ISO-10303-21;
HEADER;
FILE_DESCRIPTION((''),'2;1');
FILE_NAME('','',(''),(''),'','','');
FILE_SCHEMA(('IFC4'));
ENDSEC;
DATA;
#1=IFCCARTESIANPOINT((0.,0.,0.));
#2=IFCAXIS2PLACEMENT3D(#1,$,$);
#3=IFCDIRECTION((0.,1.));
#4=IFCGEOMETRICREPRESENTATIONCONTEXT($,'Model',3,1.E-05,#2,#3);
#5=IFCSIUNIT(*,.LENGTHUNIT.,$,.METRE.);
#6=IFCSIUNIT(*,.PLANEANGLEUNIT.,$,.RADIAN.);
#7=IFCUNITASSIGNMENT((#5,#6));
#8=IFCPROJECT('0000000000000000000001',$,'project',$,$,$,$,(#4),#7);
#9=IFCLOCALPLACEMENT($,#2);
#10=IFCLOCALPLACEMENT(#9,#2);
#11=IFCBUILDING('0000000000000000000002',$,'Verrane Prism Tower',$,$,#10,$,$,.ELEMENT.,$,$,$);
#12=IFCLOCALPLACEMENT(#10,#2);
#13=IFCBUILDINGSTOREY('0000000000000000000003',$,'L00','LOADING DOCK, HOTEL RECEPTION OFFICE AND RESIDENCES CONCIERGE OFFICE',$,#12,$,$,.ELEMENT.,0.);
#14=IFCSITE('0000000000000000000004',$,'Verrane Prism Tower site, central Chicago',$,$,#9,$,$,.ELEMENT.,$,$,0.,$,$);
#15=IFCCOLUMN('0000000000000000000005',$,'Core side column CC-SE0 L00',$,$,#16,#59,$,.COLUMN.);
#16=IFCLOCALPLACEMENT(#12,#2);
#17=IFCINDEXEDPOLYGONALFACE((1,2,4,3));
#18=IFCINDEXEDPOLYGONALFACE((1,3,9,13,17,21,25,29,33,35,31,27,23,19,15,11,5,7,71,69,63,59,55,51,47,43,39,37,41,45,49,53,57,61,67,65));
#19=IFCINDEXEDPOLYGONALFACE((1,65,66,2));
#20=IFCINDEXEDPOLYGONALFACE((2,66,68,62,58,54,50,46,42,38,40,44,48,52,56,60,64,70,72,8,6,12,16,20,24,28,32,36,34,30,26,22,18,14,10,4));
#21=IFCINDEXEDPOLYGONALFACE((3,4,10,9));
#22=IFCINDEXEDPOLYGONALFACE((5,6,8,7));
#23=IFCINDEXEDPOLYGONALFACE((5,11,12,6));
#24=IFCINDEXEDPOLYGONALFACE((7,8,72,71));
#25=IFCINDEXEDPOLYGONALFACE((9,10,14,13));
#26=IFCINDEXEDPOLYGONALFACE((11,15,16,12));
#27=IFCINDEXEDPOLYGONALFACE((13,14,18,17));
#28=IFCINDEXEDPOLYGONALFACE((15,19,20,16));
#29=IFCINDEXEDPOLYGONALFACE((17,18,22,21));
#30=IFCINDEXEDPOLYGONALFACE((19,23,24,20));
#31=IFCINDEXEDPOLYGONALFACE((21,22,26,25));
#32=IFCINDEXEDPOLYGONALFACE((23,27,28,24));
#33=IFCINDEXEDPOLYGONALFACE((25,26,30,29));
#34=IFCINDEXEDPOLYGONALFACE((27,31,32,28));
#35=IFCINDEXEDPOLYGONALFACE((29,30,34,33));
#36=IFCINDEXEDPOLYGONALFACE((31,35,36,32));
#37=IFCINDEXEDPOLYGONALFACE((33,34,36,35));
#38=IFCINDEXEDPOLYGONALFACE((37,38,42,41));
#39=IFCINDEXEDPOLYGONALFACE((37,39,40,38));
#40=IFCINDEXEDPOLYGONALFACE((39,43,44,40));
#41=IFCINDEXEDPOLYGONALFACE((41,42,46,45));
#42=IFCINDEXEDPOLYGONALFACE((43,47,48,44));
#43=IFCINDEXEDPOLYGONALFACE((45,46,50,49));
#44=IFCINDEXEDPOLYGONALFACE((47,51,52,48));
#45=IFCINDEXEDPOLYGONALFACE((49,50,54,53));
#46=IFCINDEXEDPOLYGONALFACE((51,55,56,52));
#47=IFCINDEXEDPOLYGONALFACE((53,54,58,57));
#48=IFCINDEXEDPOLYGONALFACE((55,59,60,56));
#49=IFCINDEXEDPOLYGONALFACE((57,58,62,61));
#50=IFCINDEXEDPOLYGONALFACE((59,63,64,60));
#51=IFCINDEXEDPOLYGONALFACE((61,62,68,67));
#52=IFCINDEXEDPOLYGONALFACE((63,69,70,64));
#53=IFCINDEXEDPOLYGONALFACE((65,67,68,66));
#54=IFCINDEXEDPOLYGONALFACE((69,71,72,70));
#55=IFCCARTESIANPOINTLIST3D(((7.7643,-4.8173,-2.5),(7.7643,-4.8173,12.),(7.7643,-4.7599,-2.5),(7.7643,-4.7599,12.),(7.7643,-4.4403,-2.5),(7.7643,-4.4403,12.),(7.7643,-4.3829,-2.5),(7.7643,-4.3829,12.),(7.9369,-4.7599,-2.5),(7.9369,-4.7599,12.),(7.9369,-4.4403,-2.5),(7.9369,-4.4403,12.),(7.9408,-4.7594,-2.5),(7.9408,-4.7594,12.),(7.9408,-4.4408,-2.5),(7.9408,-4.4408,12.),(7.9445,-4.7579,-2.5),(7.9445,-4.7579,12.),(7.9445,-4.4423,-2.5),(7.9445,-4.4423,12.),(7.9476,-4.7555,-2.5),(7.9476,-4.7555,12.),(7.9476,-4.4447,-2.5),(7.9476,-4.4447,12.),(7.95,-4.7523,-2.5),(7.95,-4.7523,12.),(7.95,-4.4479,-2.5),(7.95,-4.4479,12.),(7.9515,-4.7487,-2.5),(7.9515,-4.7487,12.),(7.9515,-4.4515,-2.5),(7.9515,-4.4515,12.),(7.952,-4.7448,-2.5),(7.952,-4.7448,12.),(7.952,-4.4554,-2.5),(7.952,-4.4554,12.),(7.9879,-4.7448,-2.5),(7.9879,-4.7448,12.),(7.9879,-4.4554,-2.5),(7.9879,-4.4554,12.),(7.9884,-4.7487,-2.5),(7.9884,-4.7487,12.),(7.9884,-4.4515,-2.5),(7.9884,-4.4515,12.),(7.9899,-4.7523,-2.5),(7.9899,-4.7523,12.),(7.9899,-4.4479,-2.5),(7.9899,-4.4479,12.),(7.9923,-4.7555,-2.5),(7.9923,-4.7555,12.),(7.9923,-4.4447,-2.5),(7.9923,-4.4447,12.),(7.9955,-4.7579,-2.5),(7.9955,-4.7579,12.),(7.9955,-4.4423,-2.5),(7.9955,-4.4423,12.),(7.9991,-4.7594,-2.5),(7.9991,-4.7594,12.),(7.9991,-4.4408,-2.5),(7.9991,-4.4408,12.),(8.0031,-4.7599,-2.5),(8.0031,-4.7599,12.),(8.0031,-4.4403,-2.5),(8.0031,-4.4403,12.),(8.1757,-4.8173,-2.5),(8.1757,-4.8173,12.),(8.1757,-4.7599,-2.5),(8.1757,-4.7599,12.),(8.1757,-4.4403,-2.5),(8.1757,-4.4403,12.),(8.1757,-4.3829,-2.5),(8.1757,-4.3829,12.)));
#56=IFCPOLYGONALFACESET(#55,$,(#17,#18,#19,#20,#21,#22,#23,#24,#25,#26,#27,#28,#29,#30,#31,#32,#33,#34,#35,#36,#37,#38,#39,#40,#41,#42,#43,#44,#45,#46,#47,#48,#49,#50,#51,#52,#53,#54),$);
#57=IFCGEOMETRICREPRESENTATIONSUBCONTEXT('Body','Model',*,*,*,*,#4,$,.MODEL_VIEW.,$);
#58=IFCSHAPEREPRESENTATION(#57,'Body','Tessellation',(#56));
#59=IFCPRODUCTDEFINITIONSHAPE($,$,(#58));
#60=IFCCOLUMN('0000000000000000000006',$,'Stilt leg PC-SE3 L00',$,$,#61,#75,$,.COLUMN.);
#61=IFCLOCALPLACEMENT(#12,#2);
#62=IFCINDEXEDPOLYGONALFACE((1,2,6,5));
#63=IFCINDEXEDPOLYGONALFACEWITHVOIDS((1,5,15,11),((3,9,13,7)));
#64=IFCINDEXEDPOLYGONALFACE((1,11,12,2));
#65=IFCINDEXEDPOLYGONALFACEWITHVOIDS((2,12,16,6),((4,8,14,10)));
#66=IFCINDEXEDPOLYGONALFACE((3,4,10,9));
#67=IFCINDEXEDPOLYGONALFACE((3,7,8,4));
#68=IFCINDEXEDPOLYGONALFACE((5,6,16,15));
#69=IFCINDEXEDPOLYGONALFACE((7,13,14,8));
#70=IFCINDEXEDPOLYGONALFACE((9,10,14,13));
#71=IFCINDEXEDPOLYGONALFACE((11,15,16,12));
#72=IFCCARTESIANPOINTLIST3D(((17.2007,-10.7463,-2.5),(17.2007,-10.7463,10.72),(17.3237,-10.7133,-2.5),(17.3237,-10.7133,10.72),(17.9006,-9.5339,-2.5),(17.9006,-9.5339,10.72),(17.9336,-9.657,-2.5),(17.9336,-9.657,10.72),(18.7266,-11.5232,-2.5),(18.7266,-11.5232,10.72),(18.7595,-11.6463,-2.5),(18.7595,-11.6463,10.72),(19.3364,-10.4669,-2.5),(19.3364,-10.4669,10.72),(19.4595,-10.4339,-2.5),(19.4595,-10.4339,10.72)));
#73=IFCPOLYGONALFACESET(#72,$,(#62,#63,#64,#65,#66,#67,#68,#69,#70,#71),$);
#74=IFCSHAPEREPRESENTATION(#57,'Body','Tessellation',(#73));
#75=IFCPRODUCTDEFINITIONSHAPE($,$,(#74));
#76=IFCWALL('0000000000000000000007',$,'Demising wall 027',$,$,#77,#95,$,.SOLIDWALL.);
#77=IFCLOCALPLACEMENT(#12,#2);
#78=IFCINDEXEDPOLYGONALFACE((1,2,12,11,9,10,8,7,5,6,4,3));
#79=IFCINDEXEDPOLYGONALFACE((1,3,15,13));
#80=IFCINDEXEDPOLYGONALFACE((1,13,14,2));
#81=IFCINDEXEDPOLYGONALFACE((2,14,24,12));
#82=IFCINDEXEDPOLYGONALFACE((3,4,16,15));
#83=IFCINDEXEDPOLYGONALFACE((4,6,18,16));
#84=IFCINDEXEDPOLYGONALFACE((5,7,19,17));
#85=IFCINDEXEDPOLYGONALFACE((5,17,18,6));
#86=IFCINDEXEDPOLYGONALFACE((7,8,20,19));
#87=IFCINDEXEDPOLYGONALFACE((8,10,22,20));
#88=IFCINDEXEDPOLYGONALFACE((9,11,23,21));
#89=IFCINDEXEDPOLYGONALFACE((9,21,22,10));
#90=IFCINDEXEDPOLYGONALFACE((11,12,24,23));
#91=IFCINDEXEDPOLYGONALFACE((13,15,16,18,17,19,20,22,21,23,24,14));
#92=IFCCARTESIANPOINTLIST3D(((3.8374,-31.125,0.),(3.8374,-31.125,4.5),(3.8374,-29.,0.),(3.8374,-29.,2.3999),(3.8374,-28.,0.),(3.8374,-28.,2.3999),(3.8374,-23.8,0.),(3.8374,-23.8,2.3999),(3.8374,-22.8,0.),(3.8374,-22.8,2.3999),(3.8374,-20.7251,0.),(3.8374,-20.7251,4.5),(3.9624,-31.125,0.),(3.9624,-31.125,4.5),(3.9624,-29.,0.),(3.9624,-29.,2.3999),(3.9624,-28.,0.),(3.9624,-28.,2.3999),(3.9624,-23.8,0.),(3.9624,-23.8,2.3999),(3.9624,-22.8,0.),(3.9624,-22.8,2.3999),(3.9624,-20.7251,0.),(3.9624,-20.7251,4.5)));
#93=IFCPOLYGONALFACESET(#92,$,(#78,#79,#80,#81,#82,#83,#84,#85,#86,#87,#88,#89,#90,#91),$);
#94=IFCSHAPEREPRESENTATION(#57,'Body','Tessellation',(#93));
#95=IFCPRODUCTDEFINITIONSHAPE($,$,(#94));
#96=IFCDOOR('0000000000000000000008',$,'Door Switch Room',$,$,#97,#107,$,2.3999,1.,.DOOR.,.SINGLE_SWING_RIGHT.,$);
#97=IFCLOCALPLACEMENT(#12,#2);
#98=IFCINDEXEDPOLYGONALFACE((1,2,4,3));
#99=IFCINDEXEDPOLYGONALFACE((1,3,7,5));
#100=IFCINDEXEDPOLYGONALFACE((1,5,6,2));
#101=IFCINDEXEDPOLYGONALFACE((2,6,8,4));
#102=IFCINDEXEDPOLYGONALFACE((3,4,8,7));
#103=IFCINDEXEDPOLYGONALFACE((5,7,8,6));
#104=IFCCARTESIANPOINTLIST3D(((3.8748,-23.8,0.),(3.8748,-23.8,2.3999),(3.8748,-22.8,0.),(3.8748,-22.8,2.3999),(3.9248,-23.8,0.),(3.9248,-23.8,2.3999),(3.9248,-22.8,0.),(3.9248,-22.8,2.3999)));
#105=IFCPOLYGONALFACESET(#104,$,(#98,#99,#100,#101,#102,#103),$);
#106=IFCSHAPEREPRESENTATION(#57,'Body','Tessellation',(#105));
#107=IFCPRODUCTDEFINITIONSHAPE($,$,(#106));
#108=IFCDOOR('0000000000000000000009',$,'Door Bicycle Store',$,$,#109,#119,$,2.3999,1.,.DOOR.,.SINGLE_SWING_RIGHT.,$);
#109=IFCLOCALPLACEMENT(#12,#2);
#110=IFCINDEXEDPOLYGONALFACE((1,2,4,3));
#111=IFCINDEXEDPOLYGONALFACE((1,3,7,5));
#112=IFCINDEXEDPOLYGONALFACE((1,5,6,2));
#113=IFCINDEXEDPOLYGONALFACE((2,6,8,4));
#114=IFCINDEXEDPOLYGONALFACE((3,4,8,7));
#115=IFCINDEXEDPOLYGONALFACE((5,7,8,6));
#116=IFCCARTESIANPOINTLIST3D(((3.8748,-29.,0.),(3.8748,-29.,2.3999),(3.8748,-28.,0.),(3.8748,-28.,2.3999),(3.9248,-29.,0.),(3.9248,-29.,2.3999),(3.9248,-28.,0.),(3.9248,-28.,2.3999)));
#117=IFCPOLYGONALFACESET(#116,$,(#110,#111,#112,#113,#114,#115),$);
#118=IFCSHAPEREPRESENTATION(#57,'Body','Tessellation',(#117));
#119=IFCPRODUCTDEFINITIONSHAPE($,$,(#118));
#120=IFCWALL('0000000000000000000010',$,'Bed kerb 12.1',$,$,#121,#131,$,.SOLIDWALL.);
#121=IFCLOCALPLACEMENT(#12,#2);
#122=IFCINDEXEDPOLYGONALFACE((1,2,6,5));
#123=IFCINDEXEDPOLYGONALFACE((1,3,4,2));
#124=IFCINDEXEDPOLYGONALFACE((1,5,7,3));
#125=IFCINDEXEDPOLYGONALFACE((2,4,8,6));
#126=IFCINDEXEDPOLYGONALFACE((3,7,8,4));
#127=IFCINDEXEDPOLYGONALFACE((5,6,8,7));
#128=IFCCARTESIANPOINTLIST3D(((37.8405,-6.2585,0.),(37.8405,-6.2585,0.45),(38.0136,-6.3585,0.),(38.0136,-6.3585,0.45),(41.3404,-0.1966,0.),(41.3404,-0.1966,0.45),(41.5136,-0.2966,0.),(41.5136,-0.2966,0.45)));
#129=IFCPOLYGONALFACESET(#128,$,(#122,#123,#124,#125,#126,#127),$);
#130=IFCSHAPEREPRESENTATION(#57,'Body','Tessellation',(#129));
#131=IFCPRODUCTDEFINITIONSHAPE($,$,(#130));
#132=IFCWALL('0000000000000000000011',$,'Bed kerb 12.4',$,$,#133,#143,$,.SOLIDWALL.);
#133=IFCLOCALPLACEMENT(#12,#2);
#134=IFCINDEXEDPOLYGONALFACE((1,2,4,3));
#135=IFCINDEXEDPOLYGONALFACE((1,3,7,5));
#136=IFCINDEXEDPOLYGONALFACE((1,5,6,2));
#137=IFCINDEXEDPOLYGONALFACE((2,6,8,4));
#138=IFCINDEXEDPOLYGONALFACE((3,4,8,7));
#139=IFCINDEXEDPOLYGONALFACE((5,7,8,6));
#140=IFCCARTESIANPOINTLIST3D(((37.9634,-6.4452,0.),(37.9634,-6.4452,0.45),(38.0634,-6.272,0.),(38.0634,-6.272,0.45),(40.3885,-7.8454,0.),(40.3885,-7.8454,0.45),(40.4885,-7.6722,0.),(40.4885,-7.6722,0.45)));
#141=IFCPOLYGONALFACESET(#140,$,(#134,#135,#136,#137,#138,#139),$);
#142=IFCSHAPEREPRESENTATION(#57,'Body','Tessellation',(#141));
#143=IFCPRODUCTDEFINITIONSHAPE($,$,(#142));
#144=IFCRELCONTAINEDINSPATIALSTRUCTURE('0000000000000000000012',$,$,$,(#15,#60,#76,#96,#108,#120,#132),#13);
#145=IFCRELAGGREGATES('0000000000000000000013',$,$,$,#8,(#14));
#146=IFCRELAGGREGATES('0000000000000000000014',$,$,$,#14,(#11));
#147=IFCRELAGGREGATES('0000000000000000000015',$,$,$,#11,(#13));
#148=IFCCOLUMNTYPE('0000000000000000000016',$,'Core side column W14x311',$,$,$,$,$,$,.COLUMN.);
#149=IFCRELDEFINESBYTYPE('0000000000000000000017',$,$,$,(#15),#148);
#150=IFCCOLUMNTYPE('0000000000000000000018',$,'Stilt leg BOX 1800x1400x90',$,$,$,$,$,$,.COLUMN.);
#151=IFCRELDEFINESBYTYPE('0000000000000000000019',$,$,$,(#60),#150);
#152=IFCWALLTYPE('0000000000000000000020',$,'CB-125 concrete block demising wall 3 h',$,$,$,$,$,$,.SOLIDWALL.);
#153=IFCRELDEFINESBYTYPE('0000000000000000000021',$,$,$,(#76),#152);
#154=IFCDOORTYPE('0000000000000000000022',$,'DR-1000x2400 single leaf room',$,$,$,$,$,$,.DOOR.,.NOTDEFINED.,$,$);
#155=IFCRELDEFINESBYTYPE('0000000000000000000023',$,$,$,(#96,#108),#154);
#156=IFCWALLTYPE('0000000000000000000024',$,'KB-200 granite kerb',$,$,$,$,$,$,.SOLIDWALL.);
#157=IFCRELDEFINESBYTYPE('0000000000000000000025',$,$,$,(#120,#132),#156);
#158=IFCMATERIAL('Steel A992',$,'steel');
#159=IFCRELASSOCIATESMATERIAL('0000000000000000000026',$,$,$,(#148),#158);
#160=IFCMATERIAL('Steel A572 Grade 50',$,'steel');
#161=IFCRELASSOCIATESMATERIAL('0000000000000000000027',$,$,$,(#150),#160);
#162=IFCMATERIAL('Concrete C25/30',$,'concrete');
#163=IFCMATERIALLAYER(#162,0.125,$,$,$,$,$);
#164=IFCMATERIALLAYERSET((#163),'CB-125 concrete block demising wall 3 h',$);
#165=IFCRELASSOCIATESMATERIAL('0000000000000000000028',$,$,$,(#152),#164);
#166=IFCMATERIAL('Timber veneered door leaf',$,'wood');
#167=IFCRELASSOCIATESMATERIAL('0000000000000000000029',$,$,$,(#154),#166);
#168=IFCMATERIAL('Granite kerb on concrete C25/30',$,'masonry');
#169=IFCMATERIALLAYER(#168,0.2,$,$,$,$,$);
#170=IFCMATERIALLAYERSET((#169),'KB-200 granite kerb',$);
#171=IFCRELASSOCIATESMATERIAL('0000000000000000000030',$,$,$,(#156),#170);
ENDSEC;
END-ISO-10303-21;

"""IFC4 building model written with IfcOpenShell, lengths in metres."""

from ifc_helpers import new_model, si_unit, direction, frame, frame_2d, origin, origin_2d, place, context, subcontext, project, spatial, rectangle, hollow_rectangle, i_section, extrude, material, layer, layer_set, material_profile, profile_set, type_object, element, fill, save


model = new_model("IFC4")

# Units and contexts
model_context = context("Model", 3, precision=1e-05, world=origin(), true_north=direction((0.0, 1.0)))
body_context = subcontext(model_context, "Body", "Model", "MODEL_VIEW")
ifc_project = project(units=[si_unit("LENGTHUNIT", "METRE"), si_unit("PLANEANGLEUNIT", "RADIAN")], contexts=[model_context])

# Site, building, storey
site_placement = place(None, origin())
site = spatial("IfcSite", under=ifc_project, at=site_placement, Name="Verrane Prism Tower site, central Chicago", CompositionType="ELEMENT", RefElevation=0.0)
building_placement = place(site_placement, origin())
building = spatial("IfcBuilding", under=site, at=building_placement, Name="Verrane Prism Tower", CompositionType="ELEMENT")
storey_placement = place(building_placement, origin())
storey = spatial("IfcBuildingStorey", under=building, at=storey_placement, Name="L00", Description="LOADING DOCK, HOTEL RECEPTION OFFICE AND RESIDENCES CONCIERGE OFFICE", CompositionType="ELEMENT", Elevation=0.0)

# Columns
ifc_material_1 = material(Name="Steel A992", Category="steel")
ifc_material_profile_1 = material_profile(ifc_material_1, i_section(OverallWidth=0.4114, OverallDepth=0.4343, WebThickness=0.0359, FlangeThickness=0.0574, FilletRadius=0.0151, at=origin_2d()), Name="W14x311")
ifc_profile_set_1 = profile_set([ifc_material_profile_1], Name="Steel A992")
column_type_1 = type_object("IfcColumnType", Name="Core side column W14x311", PredefinedType="COLUMN", material=ifc_profile_set_1)
column_1_placement = place(storey_placement, frame((7.97, -4.6001, -2.5), z_axis=(0.0, 0.0, 1.0), x_axis=(1.0, 0.0, 0.0)))
element("IfcColumn", 1, at=column_1_placement, inside=storey, type_object=column_type_1, Name="Core side column CC-SE0 L00", PredefinedType="COLUMN", context=body_context, shape_type="SweptSolid", body=[
    extrude(i_section(OverallWidth=0.4114, OverallDepth=0.4343, WebThickness=0.0359, FlangeThickness=0.0574, FilletRadius=0.0151, at=origin_2d()), origin(), (0.0, 0.0, 1.0), 14.5),
])
ifc_material_2 = material(Name="Steel A572 Grade 50", Category="steel")
ifc_material_profile_2 = material_profile(ifc_material_2, hollow_rectangle(XDim=1.3999, YDim=1.8, WallThickness=0.0901, at=origin_2d()), Name="BOX 1800x1400x90")
ifc_profile_set_2 = profile_set([ifc_material_profile_2], Name="Steel A572 Grade 50")
column_type_2 = type_object("IfcColumnType", Name="Stilt leg BOX 1800x1400x90", PredefinedType="COLUMN", material=ifc_profile_set_2)
column_2_placement = place(storey_placement, frame((18.3301, -10.5901, -2.5), z_axis=(0.0, 0.0, 1.0), x_axis=(-0.5, -0.866025, 0.0)))
element("IfcColumn", 2, at=column_2_placement, inside=storey, type_object=column_type_2, Name="Stilt leg PC-SE3 L00", PredefinedType="COLUMN", context=body_context, shape_type="SweptSolid", body=[
    extrude(hollow_rectangle(XDim=1.3999, YDim=1.8, WallThickness=0.0901, at=origin_2d()), origin(), (0.0, 0.0, 1.0), 13.22),
])

# Wall, openings, doors
ifc_material_3 = material(Name="Concrete C25/30", Category="concrete")
ifc_layer_1 = layer(ifc_material_3, 0.125)
ifc_layer_set_1 = layer_set([ifc_layer_1], Name="CB-125 concrete block demising wall 3 h")
wall_type_1 = type_object("IfcWallType", Name="CB-125 concrete block demising wall 3 h", PredefinedType="SOLIDWALL", material=ifc_layer_set_1)
wall_1_placement = place(storey_placement, frame((3.8999, -20.7251, 0.0), z_axis=(0.0, 0.0, 1.0), x_axis=(0.0, -1.0, 0.0)))
wall_1 = element("IfcWall", 3, at=wall_1_placement, inside=storey, type_object=wall_type_1, Name="Demising wall 027", PredefinedType="SOLIDWALL", context=body_context, shape_type="SweptSolid", body=[
    extrude(rectangle(XDim=10.3999, YDim=0.125, at=frame_2d((5.2, 0.0))), origin(), (0.0, 0.0, 1.0), 4.5),
])
opening_1_placement = place(wall_1_placement, frame((2.075, 0.0, 0.0)))
opening_1 = element("IfcOpeningElement", 4, at=opening_1_placement, cuts=wall_1, PredefinedType="OPENING", context=body_context, shape_type="SweptSolid", body=[
    extrude(rectangle(XDim=1.0, YDim=2.3999, at=frame_2d((0.5, 1.2))), frame((0.0, 0.0725, 0.0), z_axis=(0.0, -1.0, 0.0), x_axis=(1.0, 0.0, 0.0)), (0.0, 0.0, 1.0), 0.145),
])
opening_2_placement = place(wall_1_placement, frame((7.2749, 0.0, 0.0)))
opening_2 = element("IfcOpeningElement", 5, at=opening_2_placement, cuts=wall_1, PredefinedType="OPENING", context=body_context, shape_type="SweptSolid", body=[
    extrude(rectangle(XDim=1.0, YDim=2.3999, at=frame_2d((0.5, 1.2))), frame((0.0, 0.0725, 0.0), z_axis=(0.0, -1.0, 0.0), x_axis=(1.0, 0.0, 0.0)), (0.0, 0.0, 1.0), 0.145),
])
ifc_material_4 = material(Name="Timber veneered door leaf", Category="wood")
door_type_1 = type_object("IfcDoorType", Name="DR-1000x2400 single leaf room", OperationType="NOTDEFINED", PredefinedType="DOOR", material=ifc_material_4)
door_1_placement = place(opening_1_placement, origin())
door_1 = element("IfcDoor", 6, at=door_1_placement, inside=storey, type_object=door_type_1, Name="Door Switch Room", OperationType="SINGLE_SWING_RIGHT", OverallHeight=2.3999, OverallWidth=1.0, PredefinedType="DOOR", context=body_context, shape_type="SweptSolid", body=[
    extrude(rectangle(XDim=1.0, YDim=2.3999, at=frame_2d((0.5, 1.2))), frame((0.0, 0.0249, 0.0), z_axis=(0.0, -1.0, 0.0), x_axis=(1.0, 0.0, 0.0)), (0.0, 0.0, 1.0), 0.05),
])
fill(opening_1, door_1)
door_2_placement = place(opening_2_placement, origin())
door_2 = element("IfcDoor", 7, at=door_2_placement, inside=storey, type_object=door_type_1, Name="Door Bicycle Store", OperationType="SINGLE_SWING_RIGHT", OverallHeight=2.3999, OverallWidth=1.0, PredefinedType="DOOR", context=body_context, shape_type="SweptSolid", body=[
    extrude(rectangle(XDim=1.0, YDim=2.3999, at=frame_2d((0.5, 1.2))), frame((0.0, 0.0249, 0.0), z_axis=(0.0, -1.0, 0.0), x_axis=(1.0, 0.0, 0.0)), (0.0, 0.0, 1.0), 0.05),
])
fill(opening_2, door_2)

# Walls
ifc_material_5 = material(Name="Granite kerb on concrete C25/30", Category="masonry")
ifc_layer_2 = layer(ifc_material_5, 0.2)
ifc_layer_set_2 = layer_set([ifc_layer_2], Name="KB-200 granite kerb")
wall_type_2 = type_object("IfcWallType", Name="KB-200 granite kerb", PredefinedType="SOLIDWALL", material=ifc_layer_set_2)
wall_2_placement = place(storey_placement, frame((37.927, -6.3086, 0.0), z_axis=(0.0, 0.0, 1.0), x_axis=(0.50001, 0.866019, 0.0)))
element("IfcWall", 8, at=wall_2_placement, inside=storey, type_object=wall_type_2, Name="Bed kerb 12.1", PredefinedType="SOLIDWALL", context=body_context, shape_type="SweptSolid", body=[
    extrude(rectangle(XDim=6.9998, YDim=0.2, at=frame_2d((3.5, 0.0))), origin(), (0.0, 0.0, 1.0), 0.45),
])
wall_3_placement = place(storey_placement, frame((40.4385, -7.7588, 0.0), z_axis=(0.0, 0.0, 1.0), x_axis=(-0.866019, 0.500012, 0.0)))
element("IfcWall", 9, at=wall_3_placement, inside=storey, type_object=wall_type_2, Name="Bed kerb 12.4", PredefinedType="SOLIDWALL", context=body_context, shape_type="SweptSolid", body=[
    extrude(rectangle(XDim=2.8003, YDim=0.2, at=frame_2d((1.4001, 0.0))), origin(), (0.0, 0.0, 1.0), 0.45),
])

save(model, "model.ifc")
